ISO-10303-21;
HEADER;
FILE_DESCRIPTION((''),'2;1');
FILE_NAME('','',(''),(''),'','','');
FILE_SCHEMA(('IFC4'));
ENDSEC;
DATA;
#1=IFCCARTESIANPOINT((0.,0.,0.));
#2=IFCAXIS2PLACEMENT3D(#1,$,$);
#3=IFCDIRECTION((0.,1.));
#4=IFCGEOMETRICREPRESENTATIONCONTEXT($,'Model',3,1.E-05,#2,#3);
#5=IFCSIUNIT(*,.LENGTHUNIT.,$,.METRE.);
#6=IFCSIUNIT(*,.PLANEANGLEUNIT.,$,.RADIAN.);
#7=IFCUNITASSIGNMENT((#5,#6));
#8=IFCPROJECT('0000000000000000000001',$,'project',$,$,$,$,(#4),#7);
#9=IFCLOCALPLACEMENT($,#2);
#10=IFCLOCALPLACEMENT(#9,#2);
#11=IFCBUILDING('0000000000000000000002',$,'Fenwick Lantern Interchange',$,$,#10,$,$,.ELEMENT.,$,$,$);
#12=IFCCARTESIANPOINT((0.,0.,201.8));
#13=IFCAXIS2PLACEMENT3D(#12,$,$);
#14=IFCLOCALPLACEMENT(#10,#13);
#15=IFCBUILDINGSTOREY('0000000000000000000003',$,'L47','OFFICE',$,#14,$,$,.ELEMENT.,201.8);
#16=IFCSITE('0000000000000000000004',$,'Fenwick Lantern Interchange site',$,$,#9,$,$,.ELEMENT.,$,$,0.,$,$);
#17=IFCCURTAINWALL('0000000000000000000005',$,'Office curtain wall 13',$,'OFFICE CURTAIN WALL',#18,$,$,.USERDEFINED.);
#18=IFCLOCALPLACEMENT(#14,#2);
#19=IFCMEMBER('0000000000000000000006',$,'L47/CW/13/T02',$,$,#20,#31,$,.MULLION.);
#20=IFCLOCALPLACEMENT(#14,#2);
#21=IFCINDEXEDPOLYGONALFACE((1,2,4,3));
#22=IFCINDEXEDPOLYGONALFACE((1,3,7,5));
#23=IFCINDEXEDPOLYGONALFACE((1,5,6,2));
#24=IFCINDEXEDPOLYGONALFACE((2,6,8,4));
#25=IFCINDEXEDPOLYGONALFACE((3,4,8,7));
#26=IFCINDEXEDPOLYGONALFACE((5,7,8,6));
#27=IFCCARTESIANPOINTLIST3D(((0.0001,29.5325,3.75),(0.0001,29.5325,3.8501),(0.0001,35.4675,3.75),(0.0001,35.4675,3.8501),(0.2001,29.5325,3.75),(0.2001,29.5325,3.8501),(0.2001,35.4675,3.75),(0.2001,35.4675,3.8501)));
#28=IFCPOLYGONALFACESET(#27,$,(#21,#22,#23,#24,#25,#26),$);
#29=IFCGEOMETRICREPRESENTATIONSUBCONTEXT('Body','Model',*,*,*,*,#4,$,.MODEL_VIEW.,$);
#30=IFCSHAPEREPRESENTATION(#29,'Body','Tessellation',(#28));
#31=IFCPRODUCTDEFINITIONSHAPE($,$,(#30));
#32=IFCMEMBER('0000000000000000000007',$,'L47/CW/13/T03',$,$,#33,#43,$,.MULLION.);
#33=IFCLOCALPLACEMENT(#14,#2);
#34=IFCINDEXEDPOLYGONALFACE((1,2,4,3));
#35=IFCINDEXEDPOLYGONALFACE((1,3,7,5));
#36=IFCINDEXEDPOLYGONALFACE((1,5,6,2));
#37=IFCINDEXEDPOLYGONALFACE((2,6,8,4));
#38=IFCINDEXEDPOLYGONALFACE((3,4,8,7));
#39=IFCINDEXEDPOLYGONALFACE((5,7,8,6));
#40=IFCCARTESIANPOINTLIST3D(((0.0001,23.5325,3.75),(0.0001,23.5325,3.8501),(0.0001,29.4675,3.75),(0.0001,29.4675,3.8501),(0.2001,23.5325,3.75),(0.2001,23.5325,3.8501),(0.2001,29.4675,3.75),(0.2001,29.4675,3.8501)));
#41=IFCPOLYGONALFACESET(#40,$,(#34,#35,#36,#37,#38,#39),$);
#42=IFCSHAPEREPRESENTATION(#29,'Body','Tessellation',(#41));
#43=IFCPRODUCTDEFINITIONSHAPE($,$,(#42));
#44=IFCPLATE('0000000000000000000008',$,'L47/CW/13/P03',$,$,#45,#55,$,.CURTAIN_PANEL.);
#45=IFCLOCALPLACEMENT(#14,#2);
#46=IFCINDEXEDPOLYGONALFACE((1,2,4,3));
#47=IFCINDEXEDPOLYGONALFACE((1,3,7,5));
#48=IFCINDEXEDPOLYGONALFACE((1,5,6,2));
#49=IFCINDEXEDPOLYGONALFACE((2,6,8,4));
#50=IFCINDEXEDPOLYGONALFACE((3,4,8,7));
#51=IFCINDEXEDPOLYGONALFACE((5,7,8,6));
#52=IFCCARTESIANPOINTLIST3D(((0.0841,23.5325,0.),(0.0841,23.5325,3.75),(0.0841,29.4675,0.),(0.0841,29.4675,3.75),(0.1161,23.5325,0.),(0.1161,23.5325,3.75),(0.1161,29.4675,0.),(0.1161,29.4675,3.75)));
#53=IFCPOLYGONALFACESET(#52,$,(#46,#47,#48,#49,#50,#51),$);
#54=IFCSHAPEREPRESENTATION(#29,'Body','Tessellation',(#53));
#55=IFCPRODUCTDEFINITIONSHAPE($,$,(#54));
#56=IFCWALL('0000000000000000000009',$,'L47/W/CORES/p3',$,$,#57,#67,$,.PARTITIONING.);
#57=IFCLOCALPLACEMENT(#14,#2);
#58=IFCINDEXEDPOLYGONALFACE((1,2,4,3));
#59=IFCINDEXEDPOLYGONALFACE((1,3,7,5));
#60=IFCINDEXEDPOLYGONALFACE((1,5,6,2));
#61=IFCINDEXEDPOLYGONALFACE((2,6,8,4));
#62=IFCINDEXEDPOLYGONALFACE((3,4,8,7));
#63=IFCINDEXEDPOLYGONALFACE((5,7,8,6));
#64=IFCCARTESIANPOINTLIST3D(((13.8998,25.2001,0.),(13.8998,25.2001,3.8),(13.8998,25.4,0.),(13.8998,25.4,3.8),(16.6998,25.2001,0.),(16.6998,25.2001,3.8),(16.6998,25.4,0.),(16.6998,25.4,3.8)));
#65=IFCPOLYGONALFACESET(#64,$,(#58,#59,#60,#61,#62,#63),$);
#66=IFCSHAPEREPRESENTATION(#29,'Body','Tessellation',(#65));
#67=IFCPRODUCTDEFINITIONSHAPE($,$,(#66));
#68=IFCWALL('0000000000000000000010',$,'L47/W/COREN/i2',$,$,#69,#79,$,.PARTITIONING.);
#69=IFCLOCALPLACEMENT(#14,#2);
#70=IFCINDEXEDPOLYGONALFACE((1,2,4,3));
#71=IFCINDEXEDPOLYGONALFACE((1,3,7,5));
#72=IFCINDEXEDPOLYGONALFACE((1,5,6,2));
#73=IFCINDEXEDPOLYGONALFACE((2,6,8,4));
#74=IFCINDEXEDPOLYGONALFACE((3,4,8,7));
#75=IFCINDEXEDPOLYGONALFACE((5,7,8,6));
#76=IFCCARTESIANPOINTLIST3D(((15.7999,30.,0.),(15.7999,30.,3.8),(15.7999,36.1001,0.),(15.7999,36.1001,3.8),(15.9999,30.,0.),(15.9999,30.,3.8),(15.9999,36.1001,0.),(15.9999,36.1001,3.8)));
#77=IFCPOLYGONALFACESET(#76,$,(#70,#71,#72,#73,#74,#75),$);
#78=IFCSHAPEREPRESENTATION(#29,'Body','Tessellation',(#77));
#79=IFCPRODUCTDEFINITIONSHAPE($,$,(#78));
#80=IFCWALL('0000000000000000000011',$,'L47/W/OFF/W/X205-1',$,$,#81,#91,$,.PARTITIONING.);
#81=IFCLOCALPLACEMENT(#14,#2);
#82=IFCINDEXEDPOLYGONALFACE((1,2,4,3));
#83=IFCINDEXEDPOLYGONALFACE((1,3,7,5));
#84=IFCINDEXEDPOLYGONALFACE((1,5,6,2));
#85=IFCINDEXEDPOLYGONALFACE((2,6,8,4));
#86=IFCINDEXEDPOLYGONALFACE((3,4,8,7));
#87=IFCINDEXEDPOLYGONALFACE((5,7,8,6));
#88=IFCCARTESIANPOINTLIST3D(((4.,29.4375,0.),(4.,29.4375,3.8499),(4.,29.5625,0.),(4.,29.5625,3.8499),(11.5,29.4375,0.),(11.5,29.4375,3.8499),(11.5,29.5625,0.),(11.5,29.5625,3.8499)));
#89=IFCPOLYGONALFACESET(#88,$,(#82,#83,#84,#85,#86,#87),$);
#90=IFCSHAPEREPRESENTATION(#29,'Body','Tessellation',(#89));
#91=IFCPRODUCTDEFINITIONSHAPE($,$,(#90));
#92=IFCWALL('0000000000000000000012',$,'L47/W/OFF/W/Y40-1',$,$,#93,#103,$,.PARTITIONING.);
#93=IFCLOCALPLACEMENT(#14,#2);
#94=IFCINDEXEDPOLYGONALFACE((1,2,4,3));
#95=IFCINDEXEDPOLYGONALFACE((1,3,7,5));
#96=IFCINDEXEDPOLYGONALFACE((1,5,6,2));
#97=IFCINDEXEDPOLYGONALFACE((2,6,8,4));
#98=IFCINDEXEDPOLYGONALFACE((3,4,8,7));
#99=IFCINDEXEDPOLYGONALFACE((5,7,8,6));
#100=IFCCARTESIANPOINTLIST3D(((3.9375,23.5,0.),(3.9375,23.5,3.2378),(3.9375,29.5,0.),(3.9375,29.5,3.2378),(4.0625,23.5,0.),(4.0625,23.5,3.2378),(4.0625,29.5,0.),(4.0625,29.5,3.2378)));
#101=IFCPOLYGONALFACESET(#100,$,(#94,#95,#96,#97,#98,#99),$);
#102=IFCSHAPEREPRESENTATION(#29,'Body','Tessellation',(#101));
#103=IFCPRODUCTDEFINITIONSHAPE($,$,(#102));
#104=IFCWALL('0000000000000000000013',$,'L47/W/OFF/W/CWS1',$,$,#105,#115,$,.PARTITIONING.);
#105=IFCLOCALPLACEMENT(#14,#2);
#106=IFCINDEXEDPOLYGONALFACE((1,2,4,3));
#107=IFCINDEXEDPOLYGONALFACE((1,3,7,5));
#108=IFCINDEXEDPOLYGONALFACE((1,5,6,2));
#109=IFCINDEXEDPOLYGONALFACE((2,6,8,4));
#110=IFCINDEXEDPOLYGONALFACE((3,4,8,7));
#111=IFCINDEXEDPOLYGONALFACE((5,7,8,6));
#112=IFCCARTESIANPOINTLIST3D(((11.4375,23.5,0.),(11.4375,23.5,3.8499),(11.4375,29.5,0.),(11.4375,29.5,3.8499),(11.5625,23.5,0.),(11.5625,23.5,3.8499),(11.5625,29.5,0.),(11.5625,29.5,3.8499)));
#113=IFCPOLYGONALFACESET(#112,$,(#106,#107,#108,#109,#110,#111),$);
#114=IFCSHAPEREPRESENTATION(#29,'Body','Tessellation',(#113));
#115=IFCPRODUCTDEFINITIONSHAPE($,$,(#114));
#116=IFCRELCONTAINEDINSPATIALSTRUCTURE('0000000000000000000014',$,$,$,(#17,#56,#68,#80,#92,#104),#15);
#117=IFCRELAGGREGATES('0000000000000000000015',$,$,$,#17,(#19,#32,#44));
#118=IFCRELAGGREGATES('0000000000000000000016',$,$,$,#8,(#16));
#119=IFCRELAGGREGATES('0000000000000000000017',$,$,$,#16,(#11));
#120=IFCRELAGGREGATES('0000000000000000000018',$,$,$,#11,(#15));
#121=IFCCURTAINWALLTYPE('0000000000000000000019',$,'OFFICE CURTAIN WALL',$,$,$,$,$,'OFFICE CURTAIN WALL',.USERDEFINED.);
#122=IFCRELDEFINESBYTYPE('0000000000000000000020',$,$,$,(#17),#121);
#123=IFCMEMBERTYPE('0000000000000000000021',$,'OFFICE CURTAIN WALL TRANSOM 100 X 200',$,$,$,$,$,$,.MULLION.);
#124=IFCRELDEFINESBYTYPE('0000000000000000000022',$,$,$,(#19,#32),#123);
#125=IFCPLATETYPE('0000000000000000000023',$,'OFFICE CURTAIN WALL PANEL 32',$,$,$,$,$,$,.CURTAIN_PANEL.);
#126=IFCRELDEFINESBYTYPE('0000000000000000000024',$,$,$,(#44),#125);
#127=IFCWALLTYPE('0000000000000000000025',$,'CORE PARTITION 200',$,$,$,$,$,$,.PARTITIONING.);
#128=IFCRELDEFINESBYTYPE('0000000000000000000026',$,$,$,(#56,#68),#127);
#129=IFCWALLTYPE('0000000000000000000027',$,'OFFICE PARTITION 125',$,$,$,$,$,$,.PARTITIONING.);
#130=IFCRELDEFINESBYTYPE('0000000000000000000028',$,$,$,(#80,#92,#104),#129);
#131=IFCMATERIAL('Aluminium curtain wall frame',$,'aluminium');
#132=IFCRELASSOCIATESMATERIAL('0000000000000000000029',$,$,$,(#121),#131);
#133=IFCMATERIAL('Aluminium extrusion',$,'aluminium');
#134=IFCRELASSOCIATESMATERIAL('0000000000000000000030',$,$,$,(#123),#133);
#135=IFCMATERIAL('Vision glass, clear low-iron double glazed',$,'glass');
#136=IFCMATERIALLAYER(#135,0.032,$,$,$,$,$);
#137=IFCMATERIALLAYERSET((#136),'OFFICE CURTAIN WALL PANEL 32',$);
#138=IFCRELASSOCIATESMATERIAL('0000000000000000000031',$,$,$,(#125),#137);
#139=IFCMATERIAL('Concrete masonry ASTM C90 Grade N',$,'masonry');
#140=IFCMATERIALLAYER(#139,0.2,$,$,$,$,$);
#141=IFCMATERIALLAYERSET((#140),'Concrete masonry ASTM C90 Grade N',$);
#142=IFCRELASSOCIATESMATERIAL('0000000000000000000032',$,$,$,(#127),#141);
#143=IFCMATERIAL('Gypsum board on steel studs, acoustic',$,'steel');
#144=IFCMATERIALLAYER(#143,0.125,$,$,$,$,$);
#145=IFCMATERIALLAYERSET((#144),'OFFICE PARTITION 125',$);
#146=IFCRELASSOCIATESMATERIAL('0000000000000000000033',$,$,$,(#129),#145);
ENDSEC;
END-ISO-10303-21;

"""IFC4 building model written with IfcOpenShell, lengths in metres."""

from ifc_helpers import new_model, si_unit, direction, frame, frame_2d, origin, origin_2d, place, context, subcontext, project, spatial, rectangle, extrude, material, layer, layer_set, material_profile, profile_set, type_object, element, aggregate, save


model = new_model("IFC4")

# Units and contexts
model_context = context("Model", 3, precision=1e-05, world=origin(), true_north=direction((0.0, 1.0)))
body_context = subcontext(model_context, "Body", "Model", "MODEL_VIEW")
ifc_project = project(units=[si_unit("LENGTHUNIT", "METRE"), si_unit("PLANEANGLEUNIT", "RADIAN")], contexts=[model_context])

# Site, building, storey
site_placement = place(None, origin())
site = spatial("IfcSite", under=ifc_project, at=site_placement, Name="Fenwick Lantern Interchange site", CompositionType="ELEMENT", RefElevation=0.0)
building_placement = place(site_placement, origin())
building = spatial("IfcBuilding", under=site, at=building_placement, Name="Fenwick Lantern Interchange", CompositionType="ELEMENT")
storey_placement = place(building_placement, frame((0.0, 0.0, 201.8)))
storey = spatial("IfcBuildingStorey", under=building, at=storey_placement, Name="L47", Description="OFFICE", CompositionType="ELEMENT", Elevation=201.8)

# Curtain wall, members, plate
ifc_material_1 = material(Name="Aluminium curtain wall frame", Category="aluminium")
curtain_wall_type = type_object("IfcCurtainWallType", Name="OFFICE CURTAIN WALL", ElementType="OFFICE CURTAIN WALL", PredefinedType="USERDEFINED", material=ifc_material_1)
curtain_wall_placement = place(storey_placement, origin())
curtain_wall = element("IfcCurtainWall", 1, at=curtain_wall_placement, inside=storey, type_object=curtain_wall_type, Name="Office curtain wall 13", ObjectType="OFFICE CURTAIN WALL", PredefinedType="USERDEFINED")
ifc_material_2 = material(Name="Aluminium extrusion", Category="aluminium")
ifc_material_profile_1 = material_profile(ifc_material_2, rectangle(XDim=0.2, YDim=0.1001, at=origin_2d()), Name="OFFICE CURTAIN WALL TRANSOM 100 X 200")
ifc_profile_set_1 = profile_set([ifc_material_profile_1], Name="Aluminium extrusion")
member_type_1 = type_object("IfcMemberType", Name="OFFICE CURTAIN WALL TRANSOM 100 X 200", PredefinedType="MULLION", material=ifc_profile_set_1)
member_1_placement = place(storey_placement, frame((0.1001, 35.4675, 3.8), z_axis=(0.0, -1.0, 0.0), x_axis=(1.0, 0.0, 0.0)))
member_1 = element("IfcMember", 2, at=member_1_placement, type_object=member_type_1, Name="L47/CW/13/T02", PredefinedType="MULLION", context=body_context, shape_type="SweptSolid", body=[
    extrude(rectangle(XDim=0.2, YDim=0.1001, at=origin_2d()), origin(), (0.0, 0.0, 1.0), 5.9351),
])
member_2_placement = place(storey_placement, frame((0.1001, 29.4675, 3.8), z_axis=(0.0, -1.0, 0.0), x_axis=(1.0, 0.0, 0.0)))
member_2 = element("IfcMember", 3, at=member_2_placement, type_object=member_type_1, Name="L47/CW/13/T03", PredefinedType="MULLION", context=body_context, shape_type="SweptSolid", body=[
    extrude(rectangle(XDim=0.2, YDim=0.1001, at=origin_2d()), origin(), (0.0, 0.0, 1.0), 5.9351),
])
ifc_material_3 = material(Name="Vision glass, clear low-iron double glazed", Category="glass")
ifc_layer_1 = layer(ifc_material_3, 0.032)
ifc_layer_set_1 = layer_set([ifc_layer_1], Name="OFFICE CURTAIN WALL PANEL 32")
plate_type = type_object("IfcPlateType", Name="OFFICE CURTAIN WALL PANEL 32", PredefinedType="CURTAIN_PANEL", material=ifc_layer_set_1)
plate_placement = place(storey_placement, frame((0.1001, 26.5, 0.0), z_axis=(0.0, 0.0, 1.0), x_axis=(0.0, -1.0, 0.0)))
plate = element("IfcPlate", 4, at=plate_placement, type_object=plate_type, Name="L47/CW/13/P03", PredefinedType="CURTAIN_PANEL", context=body_context, shape_type="SweptSolid", body=[
    extrude(rectangle(XDim=5.9351, YDim=0.032, at=origin_2d()), origin(), (0.0, 0.0, 1.0), 3.75),
])
aggregate(curtain_wall, [member_1, member_2, plate])

# Walls
ifc_material_4 = material(Name="Concrete masonry ASTM C90 Grade N", Category="masonry")
ifc_layer_2 = layer(ifc_material_4, 0.2)
ifc_layer_set_2 = layer_set([ifc_layer_2], Name="Concrete masonry ASTM C90 Grade N")
wall_type_1 = type_object("IfcWallType", Name="CORE PARTITION 200", PredefinedType="PARTITIONING", material=ifc_layer_set_2)
wall_1_placement = place(storey_placement, frame((13.8999, 25.3, 0.0), z_axis=(0.0, 0.0, 1.0), x_axis=(1.0, 0.0, 0.0)))
element("IfcWall", 5, at=wall_1_placement, inside=storey, type_object=wall_type_1, Name="L47/W/CORES/p3", PredefinedType="PARTITIONING", context=body_context, shape_type="SweptSolid", body=[
    extrude(rectangle(XDim=2.8, YDim=0.2, at=frame_2d((1.3999, 0.0))), origin(), (0.0, 0.0, 1.0), 3.8),
])
wall_2_placement = place(storey_placement, frame((15.8999, 36.1001, 0.0), z_axis=(0.0, 0.0, 1.0), x_axis=(0.0, -1.0, 0.0)))
element("IfcWall", 6, at=wall_2_placement, inside=storey, type_object=wall_type_1, Name="L47/W/COREN/i2", PredefinedType="PARTITIONING", context=body_context, shape_type="SweptSolid", body=[
    extrude(rectangle(XDim=6.1001, YDim=0.2, at=frame_2d((3.05, 0.0))), origin(), (0.0, 0.0, 1.0), 3.8),
])

# Walls
ifc_material_5 = material(Name="Gypsum board on steel studs, acoustic", Category="steel")
ifc_layer_3 = layer(ifc_material_5, 0.125)
ifc_layer_set_3 = layer_set([ifc_layer_3], Name="OFFICE PARTITION 125")
wall_type_2 = type_object("IfcWallType", Name="OFFICE PARTITION 125", PredefinedType="PARTITIONING", material=ifc_layer_set_3)
wall_3_placement = place(storey_placement, frame((4.0, 29.5, 0.0), z_axis=(0.0, 0.0, 1.0), x_axis=(1.0, 0.0, 0.0)))
element("IfcWall", 7, at=wall_3_placement, inside=storey, type_object=wall_type_2, Name="L47/W/OFF/W/X205-1", PredefinedType="PARTITIONING", context=body_context, shape_type="SweptSolid", body=[
    extrude(rectangle(XDim=7.5, YDim=0.125, at=frame_2d((3.75, 0.0))), origin(), (0.0, 0.0, 1.0), 3.8499),
])
wall_4_placement = place(storey_placement, frame((4.0, 29.5, 0.0), z_axis=(0.0, 0.0, 1.0), x_axis=(0.0, -1.0, 0.0)))
element("IfcWall", 8, at=wall_4_placement, inside=storey, type_object=wall_type_2, Name="L47/W/OFF/W/Y40-1", PredefinedType="PARTITIONING", context=body_context, shape_type="SweptSolid", body=[
    extrude(rectangle(XDim=6.0, YDim=0.125, at=frame_2d((3.0, 0.0))), origin(), (0.0, 0.0, 1.0), 3.2378),
])
wall_5_placement = place(storey_placement, frame((11.5, 29.5, 0.0), z_axis=(0.0, 0.0, 1.0), x_axis=(0.0, -1.0, 0.0)))
element("IfcWall", 9, at=wall_5_placement, inside=storey, type_object=wall_type_2, Name="L47/W/OFF/W/CWS1", PredefinedType="PARTITIONING", context=body_context, shape_type="SweptSolid", body=[
    extrude(rectangle(XDim=6.0, YDim=0.125, at=frame_2d((3.0, 0.0))), origin(), (0.0, 0.0, 1.0), 3.8499),
])

save(model, "model.ifc")
